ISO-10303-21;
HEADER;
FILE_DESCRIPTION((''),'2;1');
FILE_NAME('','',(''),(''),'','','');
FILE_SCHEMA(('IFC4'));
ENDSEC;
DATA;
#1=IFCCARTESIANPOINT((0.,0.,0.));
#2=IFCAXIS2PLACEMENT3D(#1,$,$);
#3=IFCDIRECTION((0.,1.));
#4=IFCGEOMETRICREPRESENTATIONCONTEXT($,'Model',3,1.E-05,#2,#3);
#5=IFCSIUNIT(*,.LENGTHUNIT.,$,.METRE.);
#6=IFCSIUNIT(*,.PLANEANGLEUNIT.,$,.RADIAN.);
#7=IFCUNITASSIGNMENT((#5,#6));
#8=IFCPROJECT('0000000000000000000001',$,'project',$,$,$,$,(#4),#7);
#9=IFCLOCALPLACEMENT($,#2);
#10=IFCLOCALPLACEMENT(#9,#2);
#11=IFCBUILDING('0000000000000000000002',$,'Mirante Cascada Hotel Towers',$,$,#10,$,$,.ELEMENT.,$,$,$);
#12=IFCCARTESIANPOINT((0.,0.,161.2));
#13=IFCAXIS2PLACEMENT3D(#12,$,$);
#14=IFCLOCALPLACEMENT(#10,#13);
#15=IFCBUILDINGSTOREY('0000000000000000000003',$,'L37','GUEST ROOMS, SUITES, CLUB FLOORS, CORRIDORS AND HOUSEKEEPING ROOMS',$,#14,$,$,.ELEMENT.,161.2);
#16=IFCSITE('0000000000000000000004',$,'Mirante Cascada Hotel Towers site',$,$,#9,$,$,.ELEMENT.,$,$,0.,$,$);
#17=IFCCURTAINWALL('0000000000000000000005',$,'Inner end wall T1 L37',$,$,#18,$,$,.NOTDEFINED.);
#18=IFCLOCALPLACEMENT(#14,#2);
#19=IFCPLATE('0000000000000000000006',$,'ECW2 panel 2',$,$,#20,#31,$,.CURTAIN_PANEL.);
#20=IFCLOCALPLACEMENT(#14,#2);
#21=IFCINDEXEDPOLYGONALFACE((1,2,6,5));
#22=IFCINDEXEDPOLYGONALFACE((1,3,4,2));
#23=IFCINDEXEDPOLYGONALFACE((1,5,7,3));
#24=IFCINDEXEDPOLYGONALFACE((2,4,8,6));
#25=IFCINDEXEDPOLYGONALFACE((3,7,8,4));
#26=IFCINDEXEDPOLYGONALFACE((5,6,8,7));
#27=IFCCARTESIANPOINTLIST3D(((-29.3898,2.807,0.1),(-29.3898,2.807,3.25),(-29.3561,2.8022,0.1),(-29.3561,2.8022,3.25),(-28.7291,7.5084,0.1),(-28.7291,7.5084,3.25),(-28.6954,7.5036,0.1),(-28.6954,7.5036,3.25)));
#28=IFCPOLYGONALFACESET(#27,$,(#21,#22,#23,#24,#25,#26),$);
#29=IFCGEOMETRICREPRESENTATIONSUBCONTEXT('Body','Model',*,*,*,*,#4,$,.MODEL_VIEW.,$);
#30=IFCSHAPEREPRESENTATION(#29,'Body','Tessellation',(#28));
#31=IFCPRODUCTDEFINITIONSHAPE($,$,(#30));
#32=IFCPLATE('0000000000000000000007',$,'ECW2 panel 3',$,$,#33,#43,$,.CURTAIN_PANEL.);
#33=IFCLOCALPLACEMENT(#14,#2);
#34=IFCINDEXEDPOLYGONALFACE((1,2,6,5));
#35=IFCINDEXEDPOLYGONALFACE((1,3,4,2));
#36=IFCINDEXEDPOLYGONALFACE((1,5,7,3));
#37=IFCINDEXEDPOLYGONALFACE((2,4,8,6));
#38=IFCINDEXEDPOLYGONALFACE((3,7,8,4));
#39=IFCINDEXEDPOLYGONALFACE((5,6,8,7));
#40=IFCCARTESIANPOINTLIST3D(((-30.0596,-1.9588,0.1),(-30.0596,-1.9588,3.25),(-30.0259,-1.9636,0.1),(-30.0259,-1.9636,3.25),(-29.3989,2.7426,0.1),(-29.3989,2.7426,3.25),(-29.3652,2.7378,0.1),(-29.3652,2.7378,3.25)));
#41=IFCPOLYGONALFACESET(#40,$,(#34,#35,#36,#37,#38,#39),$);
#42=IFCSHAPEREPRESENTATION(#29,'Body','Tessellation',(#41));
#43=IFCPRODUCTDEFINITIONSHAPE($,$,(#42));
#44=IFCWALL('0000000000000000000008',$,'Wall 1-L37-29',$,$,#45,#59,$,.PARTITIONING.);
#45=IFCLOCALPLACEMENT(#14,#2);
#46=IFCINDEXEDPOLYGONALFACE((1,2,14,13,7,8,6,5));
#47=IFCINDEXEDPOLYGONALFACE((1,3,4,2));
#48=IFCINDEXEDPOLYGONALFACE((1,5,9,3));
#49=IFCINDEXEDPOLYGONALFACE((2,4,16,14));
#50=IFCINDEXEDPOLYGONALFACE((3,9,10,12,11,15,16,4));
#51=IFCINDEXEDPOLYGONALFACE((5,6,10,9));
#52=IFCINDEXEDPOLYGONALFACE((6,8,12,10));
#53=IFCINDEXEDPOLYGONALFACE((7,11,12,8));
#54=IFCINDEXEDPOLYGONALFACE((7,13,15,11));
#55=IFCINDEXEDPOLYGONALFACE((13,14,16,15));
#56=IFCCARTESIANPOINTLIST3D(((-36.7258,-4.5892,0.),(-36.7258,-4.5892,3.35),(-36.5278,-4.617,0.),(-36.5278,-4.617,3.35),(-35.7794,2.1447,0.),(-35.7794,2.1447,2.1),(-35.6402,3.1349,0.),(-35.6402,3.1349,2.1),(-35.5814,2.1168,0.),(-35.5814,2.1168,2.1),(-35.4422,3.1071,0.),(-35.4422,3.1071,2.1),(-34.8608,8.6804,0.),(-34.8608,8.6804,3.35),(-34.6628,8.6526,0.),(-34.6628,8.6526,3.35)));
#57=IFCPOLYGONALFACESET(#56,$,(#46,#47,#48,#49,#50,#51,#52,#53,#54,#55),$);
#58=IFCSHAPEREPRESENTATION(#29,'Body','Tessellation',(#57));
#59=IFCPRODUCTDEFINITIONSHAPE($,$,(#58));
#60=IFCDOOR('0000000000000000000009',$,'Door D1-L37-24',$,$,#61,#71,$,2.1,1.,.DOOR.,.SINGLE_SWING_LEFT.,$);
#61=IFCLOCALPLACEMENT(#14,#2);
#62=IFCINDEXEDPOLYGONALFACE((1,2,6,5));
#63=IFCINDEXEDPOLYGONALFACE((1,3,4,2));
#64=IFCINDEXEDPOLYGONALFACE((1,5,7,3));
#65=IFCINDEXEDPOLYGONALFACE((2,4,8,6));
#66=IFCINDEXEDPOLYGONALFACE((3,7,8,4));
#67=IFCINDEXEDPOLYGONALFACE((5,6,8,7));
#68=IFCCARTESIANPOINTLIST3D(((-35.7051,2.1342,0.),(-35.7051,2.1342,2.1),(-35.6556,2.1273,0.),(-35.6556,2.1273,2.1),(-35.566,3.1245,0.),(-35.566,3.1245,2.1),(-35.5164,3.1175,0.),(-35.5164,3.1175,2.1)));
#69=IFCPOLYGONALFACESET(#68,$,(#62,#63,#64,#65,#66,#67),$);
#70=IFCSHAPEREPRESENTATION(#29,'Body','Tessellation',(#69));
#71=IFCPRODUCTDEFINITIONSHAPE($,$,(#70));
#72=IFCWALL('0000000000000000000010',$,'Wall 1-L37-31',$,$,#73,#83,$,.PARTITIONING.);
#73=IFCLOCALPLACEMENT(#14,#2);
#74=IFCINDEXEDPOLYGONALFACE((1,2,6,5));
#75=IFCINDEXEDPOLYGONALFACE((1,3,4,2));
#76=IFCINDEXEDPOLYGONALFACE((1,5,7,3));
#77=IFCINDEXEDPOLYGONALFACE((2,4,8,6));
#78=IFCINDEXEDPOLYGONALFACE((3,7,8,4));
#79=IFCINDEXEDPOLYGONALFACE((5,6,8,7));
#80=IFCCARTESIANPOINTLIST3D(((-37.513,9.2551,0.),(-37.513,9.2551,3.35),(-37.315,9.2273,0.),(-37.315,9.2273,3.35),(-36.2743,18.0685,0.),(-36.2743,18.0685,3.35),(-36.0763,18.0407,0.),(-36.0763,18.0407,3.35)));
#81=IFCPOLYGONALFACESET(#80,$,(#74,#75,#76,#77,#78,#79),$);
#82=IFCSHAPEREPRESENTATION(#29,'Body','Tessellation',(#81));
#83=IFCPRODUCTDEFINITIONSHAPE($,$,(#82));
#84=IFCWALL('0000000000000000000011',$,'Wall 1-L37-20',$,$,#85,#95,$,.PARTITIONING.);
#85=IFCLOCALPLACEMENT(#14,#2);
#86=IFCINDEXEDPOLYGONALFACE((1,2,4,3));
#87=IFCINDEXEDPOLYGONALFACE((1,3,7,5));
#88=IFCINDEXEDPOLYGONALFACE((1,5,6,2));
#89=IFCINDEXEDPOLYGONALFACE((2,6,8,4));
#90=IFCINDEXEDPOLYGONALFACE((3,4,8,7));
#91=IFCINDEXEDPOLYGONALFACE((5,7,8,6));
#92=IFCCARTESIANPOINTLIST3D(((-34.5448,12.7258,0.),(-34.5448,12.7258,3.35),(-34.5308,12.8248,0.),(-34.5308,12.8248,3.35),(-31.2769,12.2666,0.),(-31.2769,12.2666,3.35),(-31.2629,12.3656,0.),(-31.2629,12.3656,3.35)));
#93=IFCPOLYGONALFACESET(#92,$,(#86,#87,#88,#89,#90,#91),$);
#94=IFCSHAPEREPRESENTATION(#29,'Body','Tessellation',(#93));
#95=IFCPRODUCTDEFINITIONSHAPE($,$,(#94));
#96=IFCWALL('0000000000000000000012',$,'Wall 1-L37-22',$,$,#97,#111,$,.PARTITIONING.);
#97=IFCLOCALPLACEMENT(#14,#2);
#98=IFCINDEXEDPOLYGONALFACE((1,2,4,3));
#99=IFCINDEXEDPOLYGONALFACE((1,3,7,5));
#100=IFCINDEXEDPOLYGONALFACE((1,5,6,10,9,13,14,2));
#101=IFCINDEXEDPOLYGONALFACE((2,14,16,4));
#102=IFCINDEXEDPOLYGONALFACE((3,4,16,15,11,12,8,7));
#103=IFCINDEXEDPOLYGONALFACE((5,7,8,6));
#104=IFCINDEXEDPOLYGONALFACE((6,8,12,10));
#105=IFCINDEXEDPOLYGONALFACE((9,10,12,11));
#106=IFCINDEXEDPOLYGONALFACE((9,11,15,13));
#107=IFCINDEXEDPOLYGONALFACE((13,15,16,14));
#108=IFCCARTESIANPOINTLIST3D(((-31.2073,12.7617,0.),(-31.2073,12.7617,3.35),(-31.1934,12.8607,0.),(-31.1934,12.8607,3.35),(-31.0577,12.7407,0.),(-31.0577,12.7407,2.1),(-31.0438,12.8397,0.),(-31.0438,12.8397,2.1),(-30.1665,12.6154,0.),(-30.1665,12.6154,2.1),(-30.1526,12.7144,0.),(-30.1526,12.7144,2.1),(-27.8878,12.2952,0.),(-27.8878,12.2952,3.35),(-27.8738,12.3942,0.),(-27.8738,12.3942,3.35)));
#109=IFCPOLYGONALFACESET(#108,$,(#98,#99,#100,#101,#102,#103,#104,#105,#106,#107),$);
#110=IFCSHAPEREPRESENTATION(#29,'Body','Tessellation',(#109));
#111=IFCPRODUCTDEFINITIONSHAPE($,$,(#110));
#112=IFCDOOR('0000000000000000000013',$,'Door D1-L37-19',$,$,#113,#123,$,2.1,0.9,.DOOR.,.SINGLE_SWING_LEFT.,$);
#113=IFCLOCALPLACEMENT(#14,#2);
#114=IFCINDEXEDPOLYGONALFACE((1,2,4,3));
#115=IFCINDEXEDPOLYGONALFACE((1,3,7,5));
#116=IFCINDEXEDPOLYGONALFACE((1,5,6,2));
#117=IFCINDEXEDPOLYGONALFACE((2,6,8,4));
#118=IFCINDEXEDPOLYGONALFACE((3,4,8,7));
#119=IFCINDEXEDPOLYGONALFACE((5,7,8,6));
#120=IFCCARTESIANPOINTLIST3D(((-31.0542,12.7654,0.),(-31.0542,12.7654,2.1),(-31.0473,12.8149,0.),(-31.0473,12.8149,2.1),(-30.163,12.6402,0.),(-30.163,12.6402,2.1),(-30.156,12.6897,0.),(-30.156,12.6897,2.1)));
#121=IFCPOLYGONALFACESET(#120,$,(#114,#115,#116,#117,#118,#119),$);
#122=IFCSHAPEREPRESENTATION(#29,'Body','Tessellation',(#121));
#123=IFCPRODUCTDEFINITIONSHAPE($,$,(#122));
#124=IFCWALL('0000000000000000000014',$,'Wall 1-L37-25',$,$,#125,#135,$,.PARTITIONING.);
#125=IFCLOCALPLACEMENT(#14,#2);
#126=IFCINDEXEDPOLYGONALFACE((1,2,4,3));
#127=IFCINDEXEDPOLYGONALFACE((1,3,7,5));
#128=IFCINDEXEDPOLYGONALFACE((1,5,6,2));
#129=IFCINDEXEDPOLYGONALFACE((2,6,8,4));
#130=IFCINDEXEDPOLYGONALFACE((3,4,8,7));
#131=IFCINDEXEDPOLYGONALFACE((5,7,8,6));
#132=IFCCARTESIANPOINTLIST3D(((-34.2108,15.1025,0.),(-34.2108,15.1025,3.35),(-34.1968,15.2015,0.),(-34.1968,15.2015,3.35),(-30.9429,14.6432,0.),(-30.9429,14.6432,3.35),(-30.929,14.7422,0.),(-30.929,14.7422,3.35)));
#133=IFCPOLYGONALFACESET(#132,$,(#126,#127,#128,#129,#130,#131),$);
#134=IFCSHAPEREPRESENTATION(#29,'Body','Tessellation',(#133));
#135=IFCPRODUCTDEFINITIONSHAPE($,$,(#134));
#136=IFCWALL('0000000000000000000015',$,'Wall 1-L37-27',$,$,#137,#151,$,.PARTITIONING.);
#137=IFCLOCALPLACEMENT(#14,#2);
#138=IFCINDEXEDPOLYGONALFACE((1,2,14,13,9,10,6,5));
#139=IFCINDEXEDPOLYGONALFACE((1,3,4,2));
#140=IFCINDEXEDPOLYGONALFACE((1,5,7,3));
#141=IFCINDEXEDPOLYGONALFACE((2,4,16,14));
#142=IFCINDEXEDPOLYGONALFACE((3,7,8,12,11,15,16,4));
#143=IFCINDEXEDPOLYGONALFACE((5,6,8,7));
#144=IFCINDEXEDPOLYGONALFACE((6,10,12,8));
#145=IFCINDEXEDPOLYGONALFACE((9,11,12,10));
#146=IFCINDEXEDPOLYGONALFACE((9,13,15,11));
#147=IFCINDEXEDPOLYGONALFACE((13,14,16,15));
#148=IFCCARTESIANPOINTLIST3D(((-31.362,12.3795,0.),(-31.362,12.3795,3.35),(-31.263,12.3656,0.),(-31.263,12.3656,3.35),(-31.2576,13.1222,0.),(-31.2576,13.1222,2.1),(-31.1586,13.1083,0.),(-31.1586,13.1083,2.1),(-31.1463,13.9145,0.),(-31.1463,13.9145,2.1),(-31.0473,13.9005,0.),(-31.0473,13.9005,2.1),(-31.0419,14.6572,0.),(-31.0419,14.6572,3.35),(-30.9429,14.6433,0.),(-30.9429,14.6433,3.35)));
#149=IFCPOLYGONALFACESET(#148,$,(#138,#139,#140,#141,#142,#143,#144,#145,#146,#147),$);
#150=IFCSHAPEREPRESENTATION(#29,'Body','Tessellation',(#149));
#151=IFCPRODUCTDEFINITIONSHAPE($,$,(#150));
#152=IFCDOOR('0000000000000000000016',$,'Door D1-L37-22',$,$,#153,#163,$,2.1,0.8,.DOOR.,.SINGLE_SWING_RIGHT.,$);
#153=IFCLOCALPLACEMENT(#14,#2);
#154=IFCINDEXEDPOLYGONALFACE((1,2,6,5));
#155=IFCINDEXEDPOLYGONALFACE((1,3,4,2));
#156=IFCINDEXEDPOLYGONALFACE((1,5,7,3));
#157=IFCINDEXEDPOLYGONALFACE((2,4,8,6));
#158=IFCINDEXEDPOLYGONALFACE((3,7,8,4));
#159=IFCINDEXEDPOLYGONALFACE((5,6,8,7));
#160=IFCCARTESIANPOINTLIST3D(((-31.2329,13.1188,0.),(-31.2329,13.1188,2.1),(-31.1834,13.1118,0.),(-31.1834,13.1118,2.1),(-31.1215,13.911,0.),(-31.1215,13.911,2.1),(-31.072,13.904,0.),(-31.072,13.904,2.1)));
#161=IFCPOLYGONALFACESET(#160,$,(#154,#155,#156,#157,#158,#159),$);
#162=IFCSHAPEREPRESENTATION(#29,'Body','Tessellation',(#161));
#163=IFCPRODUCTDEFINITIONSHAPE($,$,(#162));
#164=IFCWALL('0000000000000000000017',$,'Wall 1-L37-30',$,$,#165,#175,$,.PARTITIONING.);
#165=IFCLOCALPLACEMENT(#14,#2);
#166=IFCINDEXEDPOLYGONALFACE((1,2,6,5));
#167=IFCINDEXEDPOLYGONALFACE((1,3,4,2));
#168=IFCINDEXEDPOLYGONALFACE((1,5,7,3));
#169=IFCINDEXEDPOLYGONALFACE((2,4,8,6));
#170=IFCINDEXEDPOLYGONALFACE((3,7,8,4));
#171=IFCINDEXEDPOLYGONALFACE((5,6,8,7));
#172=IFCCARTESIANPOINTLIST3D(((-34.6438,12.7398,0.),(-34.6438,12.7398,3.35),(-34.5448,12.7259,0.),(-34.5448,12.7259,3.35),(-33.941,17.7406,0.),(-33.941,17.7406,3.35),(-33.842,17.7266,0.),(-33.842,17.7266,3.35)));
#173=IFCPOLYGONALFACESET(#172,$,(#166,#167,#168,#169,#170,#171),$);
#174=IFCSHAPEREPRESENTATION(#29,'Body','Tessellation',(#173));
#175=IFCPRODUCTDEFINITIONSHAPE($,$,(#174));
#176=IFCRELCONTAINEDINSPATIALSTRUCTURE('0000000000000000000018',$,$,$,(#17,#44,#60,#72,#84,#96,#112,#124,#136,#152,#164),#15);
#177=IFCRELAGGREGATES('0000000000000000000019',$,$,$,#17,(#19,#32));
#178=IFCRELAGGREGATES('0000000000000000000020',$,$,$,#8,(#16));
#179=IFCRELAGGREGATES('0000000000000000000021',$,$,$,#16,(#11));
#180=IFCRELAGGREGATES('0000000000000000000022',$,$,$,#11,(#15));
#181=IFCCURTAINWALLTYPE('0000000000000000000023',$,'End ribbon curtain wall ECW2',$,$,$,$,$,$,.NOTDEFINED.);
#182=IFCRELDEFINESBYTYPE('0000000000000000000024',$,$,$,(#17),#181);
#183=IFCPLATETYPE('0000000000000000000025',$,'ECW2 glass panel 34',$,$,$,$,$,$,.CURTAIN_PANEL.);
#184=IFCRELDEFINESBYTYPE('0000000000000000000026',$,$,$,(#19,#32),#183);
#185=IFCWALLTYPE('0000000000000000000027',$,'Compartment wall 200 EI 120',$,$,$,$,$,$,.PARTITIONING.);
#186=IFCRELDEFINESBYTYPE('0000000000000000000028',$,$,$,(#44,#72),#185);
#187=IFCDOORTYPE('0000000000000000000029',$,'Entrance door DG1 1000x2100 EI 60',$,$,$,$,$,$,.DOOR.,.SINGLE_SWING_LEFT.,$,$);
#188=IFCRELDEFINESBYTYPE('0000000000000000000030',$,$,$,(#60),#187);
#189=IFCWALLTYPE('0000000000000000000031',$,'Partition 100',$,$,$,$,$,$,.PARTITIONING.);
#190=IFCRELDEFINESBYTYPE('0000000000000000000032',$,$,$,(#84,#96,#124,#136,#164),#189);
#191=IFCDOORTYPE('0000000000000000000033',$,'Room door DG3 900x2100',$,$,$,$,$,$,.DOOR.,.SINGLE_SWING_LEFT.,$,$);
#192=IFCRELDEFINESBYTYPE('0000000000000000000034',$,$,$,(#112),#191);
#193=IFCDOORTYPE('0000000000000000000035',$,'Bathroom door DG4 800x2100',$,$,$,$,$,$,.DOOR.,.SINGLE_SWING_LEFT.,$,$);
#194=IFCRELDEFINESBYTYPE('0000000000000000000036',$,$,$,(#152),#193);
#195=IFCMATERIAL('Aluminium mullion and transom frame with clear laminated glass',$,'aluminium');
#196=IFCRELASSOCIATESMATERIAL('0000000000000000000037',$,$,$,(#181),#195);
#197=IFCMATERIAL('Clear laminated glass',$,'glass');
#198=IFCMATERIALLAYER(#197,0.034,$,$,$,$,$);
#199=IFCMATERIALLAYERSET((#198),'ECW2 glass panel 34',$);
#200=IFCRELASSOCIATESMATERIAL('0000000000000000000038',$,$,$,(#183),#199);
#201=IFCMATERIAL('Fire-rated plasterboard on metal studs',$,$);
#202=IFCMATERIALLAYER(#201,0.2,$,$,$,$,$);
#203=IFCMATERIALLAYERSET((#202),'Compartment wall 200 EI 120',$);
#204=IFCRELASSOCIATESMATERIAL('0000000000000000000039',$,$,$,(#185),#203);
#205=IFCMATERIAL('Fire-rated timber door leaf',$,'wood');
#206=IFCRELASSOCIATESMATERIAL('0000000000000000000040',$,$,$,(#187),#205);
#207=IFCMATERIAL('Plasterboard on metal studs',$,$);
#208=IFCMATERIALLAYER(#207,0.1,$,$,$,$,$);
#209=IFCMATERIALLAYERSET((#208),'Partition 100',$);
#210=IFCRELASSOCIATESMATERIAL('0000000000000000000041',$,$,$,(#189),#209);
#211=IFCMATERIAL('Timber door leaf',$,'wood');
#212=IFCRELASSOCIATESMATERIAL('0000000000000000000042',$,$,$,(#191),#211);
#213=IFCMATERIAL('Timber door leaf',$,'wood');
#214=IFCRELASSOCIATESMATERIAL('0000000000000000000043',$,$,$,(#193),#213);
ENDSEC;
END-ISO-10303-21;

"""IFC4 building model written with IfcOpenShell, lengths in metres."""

from ifc_helpers import new_model, si_unit, direction, frame, frame_2d, origin, origin_2d, place, context, subcontext, project, spatial, rectangle, extrude, material, layer, layer_set, type_object, element, fill, aggregate, save


model = new_model("IFC4")

# Units and contexts
model_context = context("Model", 3, precision=1e-05, world=origin(), true_north=direction((0.0, 1.0)))
body_context = subcontext(model_context, "Body", "Model", "MODEL_VIEW")
ifc_project = project(units=[si_unit("LENGTHUNIT", "METRE"), si_unit("PLANEANGLEUNIT", "RADIAN")], contexts=[model_context])

# Site, building, storey
site_placement = place(None, origin())
site = spatial("IfcSite", under=ifc_project, at=site_placement, Name="Mirante Cascada Hotel Towers site", CompositionType="ELEMENT", RefElevation=0.0)
building_placement = place(site_placement, origin())
building = spatial("IfcBuilding", under=site, at=building_placement, Name="Mirante Cascada Hotel Towers", CompositionType="ELEMENT")
storey_placement = place(building_placement, frame((0.0, 0.0, 161.2)))
storey = spatial("IfcBuildingStorey", under=building, at=storey_placement, Name="L37", Description="GUEST ROOMS, SUITES, CLUB FLOORS, CORRIDORS AND HOUSEKEEPING ROOMS", CompositionType="ELEMENT", Elevation=161.2)

# Curtain wall
ifc_material_1 = material(Name="Aluminium mullion and transom frame with clear laminated glass", Category="aluminium")
curtain_wall_type_1 = type_object("IfcCurtainWallType", Name="End ribbon curtain wall ECW2", PredefinedType="NOTDEFINED", material=ifc_material_1)
curtain_wall_1_placement = place(storey_placement, origin())
curtain_wall_1 = element("IfcCurtainWall", 1, at=curtain_wall_1_placement, inside=storey, type_object=curtain_wall_type_1, Name="Inner end wall T1 L37", PredefinedType="NOTDEFINED")

# Plates
ifc_material_2 = material(Name="Clear laminated glass", Category="glass")
ifc_layer_1 = layer(ifc_material_2, 0.034)
ifc_layer_set_1 = layer_set([ifc_layer_1], Name="ECW2 glass panel 34")
plate_type_1 = type_object("IfcPlateType", Name="ECW2 glass panel 34", PredefinedType="CURTAIN_PANEL", material=ifc_layer_set_1)
plate_1_placement = place(storey_placement, frame((-29.0426, 5.1553, 0.1), z_axis=(0.0, 0.0, 1.0), x_axis=(-0.139173, -0.990268, 0.0)))
plate_1 = element("IfcPlate", 2, at=plate_1_placement, type_object=plate_type_1, Name="ECW2 panel 2", PredefinedType="CURTAIN_PANEL", context=body_context, shape_type="SweptSolid", body=[
    extrude(rectangle(XDim=4.7476, YDim=0.034, at=origin_2d()), origin(), (0.0, 0.0, 1.0), 3.15),
])
plate_2_placement = place(storey_placement, frame((-29.7124, 0.3895, 0.1), z_axis=(0.0, 0.0, 1.0), x_axis=(-0.139173, -0.990268, 0.0)))
plate_2 = element("IfcPlate", 3, at=plate_2_placement, type_object=plate_type_1, Name="ECW2 panel 3", PredefinedType="CURTAIN_PANEL", context=body_context, shape_type="SweptSolid", body=[
    extrude(rectangle(XDim=4.7476, YDim=0.034, at=origin_2d()), origin(), (0.0, 0.0, 1.0), 3.15),
])
aggregate(curtain_wall_1, [plate_1, plate_2])

# Wall, opening, door
ifc_material_3 = material(Name="Fire-rated plasterboard on metal studs")
ifc_layer_2 = layer(ifc_material_3, 0.2)
ifc_layer_set_2 = layer_set([ifc_layer_2], Name="Compartment wall 200 EI 120")
wall_type_1 = type_object("IfcWallType", Name="Compartment wall 200 EI 120", PredefinedType="PARTITIONING", material=ifc_layer_set_2)
wall_1_placement = place(storey_placement, frame((-34.7618, 8.6665, 0.0), z_axis=(0.0, 0.0, 1.0), x_axis=(-0.139179, -0.990267, 0.0)))
wall_1 = element("IfcWall", 4, at=wall_1_placement, inside=storey, type_object=wall_type_1, Name="Wall 1-L37-29", PredefinedType="PARTITIONING", context=body_context, shape_type="SweptSolid", body=[
    extrude(rectangle(XDim=13.4, YDim=0.2, at=frame_2d((6.7, 0.0))), origin(), (0.0, 0.0, 1.0), 3.35),
])
opening_1_placement = place(wall_1_placement, frame((5.6, 0.0, 0.0)))
opening_1 = element("IfcOpeningElement", 5, at=opening_1_placement, cuts=wall_1, PredefinedType="OPENING", context=body_context, shape_type="SweptSolid", body=[
    extrude(rectangle(XDim=1.0, YDim=2.1, at=frame_2d((0.5, 1.05))), frame((0.0, 0.1, 0.0), z_axis=(0.0, -1.0, 0.0), x_axis=(1.0, 0.0, 0.0)), (0.0, 0.0, 1.0), 0.2),
])
ifc_material_4 = material(Name="Fire-rated timber door leaf", Category="wood")
door_type_1 = type_object("IfcDoorType", Name="Entrance door DG1 1000x2100 EI 60", OperationType="SINGLE_SWING_LEFT", PredefinedType="DOOR", material=ifc_material_4)
door_1_placement = place(opening_1_placement, origin())
door_1 = element("IfcDoor", 6, at=door_1_placement, inside=storey, type_object=door_type_1, Name="Door D1-L37-24", OperationType="SINGLE_SWING_LEFT", OverallHeight=2.1, OverallWidth=1.0, PredefinedType="DOOR", context=body_context, shape_type="SweptSolid", body=[
    extrude(rectangle(XDim=1.0, YDim=2.1, at=frame_2d((0.5, 1.05))), frame((0.0, 0.025, 0.0), z_axis=(0.0, -1.0, 0.0), x_axis=(1.0, 0.0, 0.0)), (0.0, 0.0, 1.0), 0.05),
])
fill(opening_1, door_1)

# Walls
wall_2_placement = place(storey_placement, frame((-36.1753, 18.0546, 0.0), z_axis=(0.0, 0.0, 1.0), x_axis=(-0.139179, -0.990267, 0.0)))
element("IfcWall", 7, at=wall_2_placement, inside=storey, type_object=wall_type_1, Name="Wall 1-L37-31", PredefinedType="PARTITIONING", context=body_context, shape_type="SweptSolid", body=[
    extrude(rectangle(XDim=8.9, YDim=0.2, at=frame_2d((4.45, 0.0))), origin(), (0.0, 0.0, 1.0), 3.35),
])
ifc_material_5 = material(Name="Plasterboard on metal studs")
ifc_layer_3 = layer(ifc_material_5, 0.1)
ifc_layer_set_3 = layer_set([ifc_layer_3], Name="Partition 100")
wall_type_2 = type_object("IfcWallType", Name="Partition 100", PredefinedType="PARTITIONING", material=ifc_layer_set_3)
wall_3_placement = place(storey_placement, frame((-31.2699, 12.3161, 0.0), z_axis=(0.0, 0.0, 1.0), x_axis=(-0.990271, 0.139151, 0.0)))
element("IfcWall", 8, at=wall_3_placement, inside=storey, type_object=wall_type_2, Name="Wall 1-L37-20", PredefinedType="PARTITIONING", context=body_context, shape_type="SweptSolid", body=[
    extrude(rectangle(XDim=3.3, YDim=0.1, at=frame_2d((1.65, 0.0))), origin(), (0.0, 0.0, 1.0), 3.35),
])

# Wall, opening, door
wall_4_placement = place(storey_placement, frame((-27.8808, 12.3447, 0.0), z_axis=(0.0, 0.0, 1.0), x_axis=(-0.99027, 0.139162, 0.0)))
wall_4 = element("IfcWall", 9, at=wall_4_placement, inside=storey, type_object=wall_type_2, Name="Wall 1-L37-22", PredefinedType="PARTITIONING", context=body_context, shape_type="SweptSolid", body=[
    extrude(rectangle(XDim=3.3522, YDim=0.1, at=frame_2d((1.6761, 0.0))), origin(), (0.0, 0.0, 1.0), 3.35),
])
opening_2_placement = place(wall_4_placement, frame((2.3011, 0.0, 0.0)))
opening_2 = element("IfcOpeningElement", 10, at=opening_2_placement, cuts=wall_4, PredefinedType="OPENING", context=body_context, shape_type="SweptSolid", body=[
    extrude(rectangle(XDim=0.9, YDim=2.1, at=frame_2d((0.45, 1.05))), frame((0.0, 0.05, 0.0), z_axis=(0.0, -1.0, 0.0), x_axis=(1.0, 0.0, 0.0)), (0.0, 0.0, 1.0), 0.1),
])
ifc_material_6 = material(Name="Timber door leaf", Category="wood")
door_type_2 = type_object("IfcDoorType", Name="Room door DG3 900x2100", OperationType="SINGLE_SWING_LEFT", PredefinedType="DOOR", material=ifc_material_6)
door_2_placement = place(opening_2_placement, origin())
door_2 = element("IfcDoor", 11, at=door_2_placement, inside=storey, type_object=door_type_2, Name="Door D1-L37-19", OperationType="SINGLE_SWING_LEFT", OverallHeight=2.1, OverallWidth=0.9, PredefinedType="DOOR", context=body_context, shape_type="SweptSolid", body=[
    extrude(rectangle(XDim=0.9, YDim=2.1, at=frame_2d((0.45, 1.05))), frame((0.0, 0.025, 0.0), z_axis=(0.0, -1.0, 0.0), x_axis=(1.0, 0.0, 0.0)), (0.0, 0.0, 1.0), 0.05),
])
fill(opening_2, door_2)

# Wall
wall_5_placement = place(storey_placement, frame((-34.2038, 15.152, 0.0), z_axis=(0.0, 0.0, 1.0), x_axis=(0.990267, -0.139181, 0.0)))
element("IfcWall", 12, at=wall_5_placement, inside=storey, type_object=wall_type_2, Name="Wall 1-L37-25", PredefinedType="PARTITIONING", context=body_context, shape_type="SweptSolid", body=[
    extrude(rectangle(XDim=3.3, YDim=0.1, at=frame_2d((1.65, 0.0))), origin(), (0.0, 0.0, 1.0), 3.35),
])

# Wall, opening, door
wall_6_placement = place(storey_placement, frame((-30.9924, 14.6502, 0.0), z_axis=(0.0, 0.0, 1.0), x_axis=(-0.139169, -0.990269, 0.0)))
wall_6 = element("IfcWall", 13, at=wall_6_placement, inside=storey, type_object=wall_type_2, Name="Wall 1-L37-27", PredefinedType="PARTITIONING", context=body_context, shape_type="SweptSolid", body=[
    extrude(rectangle(XDim=2.3001, YDim=0.1, at=frame_2d((1.15, 0.0))), origin(), (0.0, 0.0, 1.0), 3.35),
])
opening_3_placement = place(wall_6_placement, frame((0.75, 0.0, 0.0)))
opening_3 = element("IfcOpeningElement", 14, at=opening_3_placement, cuts=wall_6, PredefinedType="OPENING", context=body_context, shape_type="SweptSolid", body=[
    extrude(rectangle(XDim=0.8, YDim=2.1, at=frame_2d((0.4, 1.05))), frame((0.0, 0.05, 0.0), z_axis=(0.0, -1.0, 0.0), x_axis=(1.0, 0.0, 0.0)), (0.0, 0.0, 1.0), 0.1),
])
ifc_material_7 = material(Name="Timber door leaf", Category="wood")
door_type_3 = type_object("IfcDoorType", Name="Bathroom door DG4 800x2100", OperationType="SINGLE_SWING_LEFT", PredefinedType="DOOR", material=ifc_material_7)
door_3_placement = place(opening_3_placement, frame((0.8, 0.0, 0.0), z_axis=(0.0, 0.0, 1.0), x_axis=(-1.0, 0.0, 0.0)))
door_3 = element("IfcDoor", 15, at=door_3_placement, inside=storey, type_object=door_type_3, Name="Door D1-L37-22", OperationType="SINGLE_SWING_RIGHT", OverallHeight=2.1, OverallWidth=0.8, PredefinedType="DOOR", context=body_context, shape_type="SweptSolid", body=[
    extrude(rectangle(XDim=0.8, YDim=2.1, at=frame_2d((0.4, 1.05))), frame((0.0, 0.025, 0.0), z_axis=(0.0, -1.0, 0.0), x_axis=(1.0, 0.0, 0.0)), (0.0, 0.0, 1.0), 0.05),
])
fill(opening_3, door_3)

# Wall
wall_7_placement = place(storey_placement, frame((-34.5943, 12.7328, 0.0), z_axis=(0.0, 0.0, 1.0), x_axis=(0.13917, 0.990268, 0.0)))
element("IfcWall", 16, at=wall_7_placement, inside=storey, type_object=wall_type_2, Name="Wall 1-L37-30", PredefinedType="PARTITIONING", context=body_context, shape_type="SweptSolid", body=[
    extrude(rectangle(XDim=5.0499, YDim=0.1, at=frame_2d((2.525, 0.0))), origin(), (0.0, 0.0, 1.0), 3.35),
])

save(model, "model.ifc")
